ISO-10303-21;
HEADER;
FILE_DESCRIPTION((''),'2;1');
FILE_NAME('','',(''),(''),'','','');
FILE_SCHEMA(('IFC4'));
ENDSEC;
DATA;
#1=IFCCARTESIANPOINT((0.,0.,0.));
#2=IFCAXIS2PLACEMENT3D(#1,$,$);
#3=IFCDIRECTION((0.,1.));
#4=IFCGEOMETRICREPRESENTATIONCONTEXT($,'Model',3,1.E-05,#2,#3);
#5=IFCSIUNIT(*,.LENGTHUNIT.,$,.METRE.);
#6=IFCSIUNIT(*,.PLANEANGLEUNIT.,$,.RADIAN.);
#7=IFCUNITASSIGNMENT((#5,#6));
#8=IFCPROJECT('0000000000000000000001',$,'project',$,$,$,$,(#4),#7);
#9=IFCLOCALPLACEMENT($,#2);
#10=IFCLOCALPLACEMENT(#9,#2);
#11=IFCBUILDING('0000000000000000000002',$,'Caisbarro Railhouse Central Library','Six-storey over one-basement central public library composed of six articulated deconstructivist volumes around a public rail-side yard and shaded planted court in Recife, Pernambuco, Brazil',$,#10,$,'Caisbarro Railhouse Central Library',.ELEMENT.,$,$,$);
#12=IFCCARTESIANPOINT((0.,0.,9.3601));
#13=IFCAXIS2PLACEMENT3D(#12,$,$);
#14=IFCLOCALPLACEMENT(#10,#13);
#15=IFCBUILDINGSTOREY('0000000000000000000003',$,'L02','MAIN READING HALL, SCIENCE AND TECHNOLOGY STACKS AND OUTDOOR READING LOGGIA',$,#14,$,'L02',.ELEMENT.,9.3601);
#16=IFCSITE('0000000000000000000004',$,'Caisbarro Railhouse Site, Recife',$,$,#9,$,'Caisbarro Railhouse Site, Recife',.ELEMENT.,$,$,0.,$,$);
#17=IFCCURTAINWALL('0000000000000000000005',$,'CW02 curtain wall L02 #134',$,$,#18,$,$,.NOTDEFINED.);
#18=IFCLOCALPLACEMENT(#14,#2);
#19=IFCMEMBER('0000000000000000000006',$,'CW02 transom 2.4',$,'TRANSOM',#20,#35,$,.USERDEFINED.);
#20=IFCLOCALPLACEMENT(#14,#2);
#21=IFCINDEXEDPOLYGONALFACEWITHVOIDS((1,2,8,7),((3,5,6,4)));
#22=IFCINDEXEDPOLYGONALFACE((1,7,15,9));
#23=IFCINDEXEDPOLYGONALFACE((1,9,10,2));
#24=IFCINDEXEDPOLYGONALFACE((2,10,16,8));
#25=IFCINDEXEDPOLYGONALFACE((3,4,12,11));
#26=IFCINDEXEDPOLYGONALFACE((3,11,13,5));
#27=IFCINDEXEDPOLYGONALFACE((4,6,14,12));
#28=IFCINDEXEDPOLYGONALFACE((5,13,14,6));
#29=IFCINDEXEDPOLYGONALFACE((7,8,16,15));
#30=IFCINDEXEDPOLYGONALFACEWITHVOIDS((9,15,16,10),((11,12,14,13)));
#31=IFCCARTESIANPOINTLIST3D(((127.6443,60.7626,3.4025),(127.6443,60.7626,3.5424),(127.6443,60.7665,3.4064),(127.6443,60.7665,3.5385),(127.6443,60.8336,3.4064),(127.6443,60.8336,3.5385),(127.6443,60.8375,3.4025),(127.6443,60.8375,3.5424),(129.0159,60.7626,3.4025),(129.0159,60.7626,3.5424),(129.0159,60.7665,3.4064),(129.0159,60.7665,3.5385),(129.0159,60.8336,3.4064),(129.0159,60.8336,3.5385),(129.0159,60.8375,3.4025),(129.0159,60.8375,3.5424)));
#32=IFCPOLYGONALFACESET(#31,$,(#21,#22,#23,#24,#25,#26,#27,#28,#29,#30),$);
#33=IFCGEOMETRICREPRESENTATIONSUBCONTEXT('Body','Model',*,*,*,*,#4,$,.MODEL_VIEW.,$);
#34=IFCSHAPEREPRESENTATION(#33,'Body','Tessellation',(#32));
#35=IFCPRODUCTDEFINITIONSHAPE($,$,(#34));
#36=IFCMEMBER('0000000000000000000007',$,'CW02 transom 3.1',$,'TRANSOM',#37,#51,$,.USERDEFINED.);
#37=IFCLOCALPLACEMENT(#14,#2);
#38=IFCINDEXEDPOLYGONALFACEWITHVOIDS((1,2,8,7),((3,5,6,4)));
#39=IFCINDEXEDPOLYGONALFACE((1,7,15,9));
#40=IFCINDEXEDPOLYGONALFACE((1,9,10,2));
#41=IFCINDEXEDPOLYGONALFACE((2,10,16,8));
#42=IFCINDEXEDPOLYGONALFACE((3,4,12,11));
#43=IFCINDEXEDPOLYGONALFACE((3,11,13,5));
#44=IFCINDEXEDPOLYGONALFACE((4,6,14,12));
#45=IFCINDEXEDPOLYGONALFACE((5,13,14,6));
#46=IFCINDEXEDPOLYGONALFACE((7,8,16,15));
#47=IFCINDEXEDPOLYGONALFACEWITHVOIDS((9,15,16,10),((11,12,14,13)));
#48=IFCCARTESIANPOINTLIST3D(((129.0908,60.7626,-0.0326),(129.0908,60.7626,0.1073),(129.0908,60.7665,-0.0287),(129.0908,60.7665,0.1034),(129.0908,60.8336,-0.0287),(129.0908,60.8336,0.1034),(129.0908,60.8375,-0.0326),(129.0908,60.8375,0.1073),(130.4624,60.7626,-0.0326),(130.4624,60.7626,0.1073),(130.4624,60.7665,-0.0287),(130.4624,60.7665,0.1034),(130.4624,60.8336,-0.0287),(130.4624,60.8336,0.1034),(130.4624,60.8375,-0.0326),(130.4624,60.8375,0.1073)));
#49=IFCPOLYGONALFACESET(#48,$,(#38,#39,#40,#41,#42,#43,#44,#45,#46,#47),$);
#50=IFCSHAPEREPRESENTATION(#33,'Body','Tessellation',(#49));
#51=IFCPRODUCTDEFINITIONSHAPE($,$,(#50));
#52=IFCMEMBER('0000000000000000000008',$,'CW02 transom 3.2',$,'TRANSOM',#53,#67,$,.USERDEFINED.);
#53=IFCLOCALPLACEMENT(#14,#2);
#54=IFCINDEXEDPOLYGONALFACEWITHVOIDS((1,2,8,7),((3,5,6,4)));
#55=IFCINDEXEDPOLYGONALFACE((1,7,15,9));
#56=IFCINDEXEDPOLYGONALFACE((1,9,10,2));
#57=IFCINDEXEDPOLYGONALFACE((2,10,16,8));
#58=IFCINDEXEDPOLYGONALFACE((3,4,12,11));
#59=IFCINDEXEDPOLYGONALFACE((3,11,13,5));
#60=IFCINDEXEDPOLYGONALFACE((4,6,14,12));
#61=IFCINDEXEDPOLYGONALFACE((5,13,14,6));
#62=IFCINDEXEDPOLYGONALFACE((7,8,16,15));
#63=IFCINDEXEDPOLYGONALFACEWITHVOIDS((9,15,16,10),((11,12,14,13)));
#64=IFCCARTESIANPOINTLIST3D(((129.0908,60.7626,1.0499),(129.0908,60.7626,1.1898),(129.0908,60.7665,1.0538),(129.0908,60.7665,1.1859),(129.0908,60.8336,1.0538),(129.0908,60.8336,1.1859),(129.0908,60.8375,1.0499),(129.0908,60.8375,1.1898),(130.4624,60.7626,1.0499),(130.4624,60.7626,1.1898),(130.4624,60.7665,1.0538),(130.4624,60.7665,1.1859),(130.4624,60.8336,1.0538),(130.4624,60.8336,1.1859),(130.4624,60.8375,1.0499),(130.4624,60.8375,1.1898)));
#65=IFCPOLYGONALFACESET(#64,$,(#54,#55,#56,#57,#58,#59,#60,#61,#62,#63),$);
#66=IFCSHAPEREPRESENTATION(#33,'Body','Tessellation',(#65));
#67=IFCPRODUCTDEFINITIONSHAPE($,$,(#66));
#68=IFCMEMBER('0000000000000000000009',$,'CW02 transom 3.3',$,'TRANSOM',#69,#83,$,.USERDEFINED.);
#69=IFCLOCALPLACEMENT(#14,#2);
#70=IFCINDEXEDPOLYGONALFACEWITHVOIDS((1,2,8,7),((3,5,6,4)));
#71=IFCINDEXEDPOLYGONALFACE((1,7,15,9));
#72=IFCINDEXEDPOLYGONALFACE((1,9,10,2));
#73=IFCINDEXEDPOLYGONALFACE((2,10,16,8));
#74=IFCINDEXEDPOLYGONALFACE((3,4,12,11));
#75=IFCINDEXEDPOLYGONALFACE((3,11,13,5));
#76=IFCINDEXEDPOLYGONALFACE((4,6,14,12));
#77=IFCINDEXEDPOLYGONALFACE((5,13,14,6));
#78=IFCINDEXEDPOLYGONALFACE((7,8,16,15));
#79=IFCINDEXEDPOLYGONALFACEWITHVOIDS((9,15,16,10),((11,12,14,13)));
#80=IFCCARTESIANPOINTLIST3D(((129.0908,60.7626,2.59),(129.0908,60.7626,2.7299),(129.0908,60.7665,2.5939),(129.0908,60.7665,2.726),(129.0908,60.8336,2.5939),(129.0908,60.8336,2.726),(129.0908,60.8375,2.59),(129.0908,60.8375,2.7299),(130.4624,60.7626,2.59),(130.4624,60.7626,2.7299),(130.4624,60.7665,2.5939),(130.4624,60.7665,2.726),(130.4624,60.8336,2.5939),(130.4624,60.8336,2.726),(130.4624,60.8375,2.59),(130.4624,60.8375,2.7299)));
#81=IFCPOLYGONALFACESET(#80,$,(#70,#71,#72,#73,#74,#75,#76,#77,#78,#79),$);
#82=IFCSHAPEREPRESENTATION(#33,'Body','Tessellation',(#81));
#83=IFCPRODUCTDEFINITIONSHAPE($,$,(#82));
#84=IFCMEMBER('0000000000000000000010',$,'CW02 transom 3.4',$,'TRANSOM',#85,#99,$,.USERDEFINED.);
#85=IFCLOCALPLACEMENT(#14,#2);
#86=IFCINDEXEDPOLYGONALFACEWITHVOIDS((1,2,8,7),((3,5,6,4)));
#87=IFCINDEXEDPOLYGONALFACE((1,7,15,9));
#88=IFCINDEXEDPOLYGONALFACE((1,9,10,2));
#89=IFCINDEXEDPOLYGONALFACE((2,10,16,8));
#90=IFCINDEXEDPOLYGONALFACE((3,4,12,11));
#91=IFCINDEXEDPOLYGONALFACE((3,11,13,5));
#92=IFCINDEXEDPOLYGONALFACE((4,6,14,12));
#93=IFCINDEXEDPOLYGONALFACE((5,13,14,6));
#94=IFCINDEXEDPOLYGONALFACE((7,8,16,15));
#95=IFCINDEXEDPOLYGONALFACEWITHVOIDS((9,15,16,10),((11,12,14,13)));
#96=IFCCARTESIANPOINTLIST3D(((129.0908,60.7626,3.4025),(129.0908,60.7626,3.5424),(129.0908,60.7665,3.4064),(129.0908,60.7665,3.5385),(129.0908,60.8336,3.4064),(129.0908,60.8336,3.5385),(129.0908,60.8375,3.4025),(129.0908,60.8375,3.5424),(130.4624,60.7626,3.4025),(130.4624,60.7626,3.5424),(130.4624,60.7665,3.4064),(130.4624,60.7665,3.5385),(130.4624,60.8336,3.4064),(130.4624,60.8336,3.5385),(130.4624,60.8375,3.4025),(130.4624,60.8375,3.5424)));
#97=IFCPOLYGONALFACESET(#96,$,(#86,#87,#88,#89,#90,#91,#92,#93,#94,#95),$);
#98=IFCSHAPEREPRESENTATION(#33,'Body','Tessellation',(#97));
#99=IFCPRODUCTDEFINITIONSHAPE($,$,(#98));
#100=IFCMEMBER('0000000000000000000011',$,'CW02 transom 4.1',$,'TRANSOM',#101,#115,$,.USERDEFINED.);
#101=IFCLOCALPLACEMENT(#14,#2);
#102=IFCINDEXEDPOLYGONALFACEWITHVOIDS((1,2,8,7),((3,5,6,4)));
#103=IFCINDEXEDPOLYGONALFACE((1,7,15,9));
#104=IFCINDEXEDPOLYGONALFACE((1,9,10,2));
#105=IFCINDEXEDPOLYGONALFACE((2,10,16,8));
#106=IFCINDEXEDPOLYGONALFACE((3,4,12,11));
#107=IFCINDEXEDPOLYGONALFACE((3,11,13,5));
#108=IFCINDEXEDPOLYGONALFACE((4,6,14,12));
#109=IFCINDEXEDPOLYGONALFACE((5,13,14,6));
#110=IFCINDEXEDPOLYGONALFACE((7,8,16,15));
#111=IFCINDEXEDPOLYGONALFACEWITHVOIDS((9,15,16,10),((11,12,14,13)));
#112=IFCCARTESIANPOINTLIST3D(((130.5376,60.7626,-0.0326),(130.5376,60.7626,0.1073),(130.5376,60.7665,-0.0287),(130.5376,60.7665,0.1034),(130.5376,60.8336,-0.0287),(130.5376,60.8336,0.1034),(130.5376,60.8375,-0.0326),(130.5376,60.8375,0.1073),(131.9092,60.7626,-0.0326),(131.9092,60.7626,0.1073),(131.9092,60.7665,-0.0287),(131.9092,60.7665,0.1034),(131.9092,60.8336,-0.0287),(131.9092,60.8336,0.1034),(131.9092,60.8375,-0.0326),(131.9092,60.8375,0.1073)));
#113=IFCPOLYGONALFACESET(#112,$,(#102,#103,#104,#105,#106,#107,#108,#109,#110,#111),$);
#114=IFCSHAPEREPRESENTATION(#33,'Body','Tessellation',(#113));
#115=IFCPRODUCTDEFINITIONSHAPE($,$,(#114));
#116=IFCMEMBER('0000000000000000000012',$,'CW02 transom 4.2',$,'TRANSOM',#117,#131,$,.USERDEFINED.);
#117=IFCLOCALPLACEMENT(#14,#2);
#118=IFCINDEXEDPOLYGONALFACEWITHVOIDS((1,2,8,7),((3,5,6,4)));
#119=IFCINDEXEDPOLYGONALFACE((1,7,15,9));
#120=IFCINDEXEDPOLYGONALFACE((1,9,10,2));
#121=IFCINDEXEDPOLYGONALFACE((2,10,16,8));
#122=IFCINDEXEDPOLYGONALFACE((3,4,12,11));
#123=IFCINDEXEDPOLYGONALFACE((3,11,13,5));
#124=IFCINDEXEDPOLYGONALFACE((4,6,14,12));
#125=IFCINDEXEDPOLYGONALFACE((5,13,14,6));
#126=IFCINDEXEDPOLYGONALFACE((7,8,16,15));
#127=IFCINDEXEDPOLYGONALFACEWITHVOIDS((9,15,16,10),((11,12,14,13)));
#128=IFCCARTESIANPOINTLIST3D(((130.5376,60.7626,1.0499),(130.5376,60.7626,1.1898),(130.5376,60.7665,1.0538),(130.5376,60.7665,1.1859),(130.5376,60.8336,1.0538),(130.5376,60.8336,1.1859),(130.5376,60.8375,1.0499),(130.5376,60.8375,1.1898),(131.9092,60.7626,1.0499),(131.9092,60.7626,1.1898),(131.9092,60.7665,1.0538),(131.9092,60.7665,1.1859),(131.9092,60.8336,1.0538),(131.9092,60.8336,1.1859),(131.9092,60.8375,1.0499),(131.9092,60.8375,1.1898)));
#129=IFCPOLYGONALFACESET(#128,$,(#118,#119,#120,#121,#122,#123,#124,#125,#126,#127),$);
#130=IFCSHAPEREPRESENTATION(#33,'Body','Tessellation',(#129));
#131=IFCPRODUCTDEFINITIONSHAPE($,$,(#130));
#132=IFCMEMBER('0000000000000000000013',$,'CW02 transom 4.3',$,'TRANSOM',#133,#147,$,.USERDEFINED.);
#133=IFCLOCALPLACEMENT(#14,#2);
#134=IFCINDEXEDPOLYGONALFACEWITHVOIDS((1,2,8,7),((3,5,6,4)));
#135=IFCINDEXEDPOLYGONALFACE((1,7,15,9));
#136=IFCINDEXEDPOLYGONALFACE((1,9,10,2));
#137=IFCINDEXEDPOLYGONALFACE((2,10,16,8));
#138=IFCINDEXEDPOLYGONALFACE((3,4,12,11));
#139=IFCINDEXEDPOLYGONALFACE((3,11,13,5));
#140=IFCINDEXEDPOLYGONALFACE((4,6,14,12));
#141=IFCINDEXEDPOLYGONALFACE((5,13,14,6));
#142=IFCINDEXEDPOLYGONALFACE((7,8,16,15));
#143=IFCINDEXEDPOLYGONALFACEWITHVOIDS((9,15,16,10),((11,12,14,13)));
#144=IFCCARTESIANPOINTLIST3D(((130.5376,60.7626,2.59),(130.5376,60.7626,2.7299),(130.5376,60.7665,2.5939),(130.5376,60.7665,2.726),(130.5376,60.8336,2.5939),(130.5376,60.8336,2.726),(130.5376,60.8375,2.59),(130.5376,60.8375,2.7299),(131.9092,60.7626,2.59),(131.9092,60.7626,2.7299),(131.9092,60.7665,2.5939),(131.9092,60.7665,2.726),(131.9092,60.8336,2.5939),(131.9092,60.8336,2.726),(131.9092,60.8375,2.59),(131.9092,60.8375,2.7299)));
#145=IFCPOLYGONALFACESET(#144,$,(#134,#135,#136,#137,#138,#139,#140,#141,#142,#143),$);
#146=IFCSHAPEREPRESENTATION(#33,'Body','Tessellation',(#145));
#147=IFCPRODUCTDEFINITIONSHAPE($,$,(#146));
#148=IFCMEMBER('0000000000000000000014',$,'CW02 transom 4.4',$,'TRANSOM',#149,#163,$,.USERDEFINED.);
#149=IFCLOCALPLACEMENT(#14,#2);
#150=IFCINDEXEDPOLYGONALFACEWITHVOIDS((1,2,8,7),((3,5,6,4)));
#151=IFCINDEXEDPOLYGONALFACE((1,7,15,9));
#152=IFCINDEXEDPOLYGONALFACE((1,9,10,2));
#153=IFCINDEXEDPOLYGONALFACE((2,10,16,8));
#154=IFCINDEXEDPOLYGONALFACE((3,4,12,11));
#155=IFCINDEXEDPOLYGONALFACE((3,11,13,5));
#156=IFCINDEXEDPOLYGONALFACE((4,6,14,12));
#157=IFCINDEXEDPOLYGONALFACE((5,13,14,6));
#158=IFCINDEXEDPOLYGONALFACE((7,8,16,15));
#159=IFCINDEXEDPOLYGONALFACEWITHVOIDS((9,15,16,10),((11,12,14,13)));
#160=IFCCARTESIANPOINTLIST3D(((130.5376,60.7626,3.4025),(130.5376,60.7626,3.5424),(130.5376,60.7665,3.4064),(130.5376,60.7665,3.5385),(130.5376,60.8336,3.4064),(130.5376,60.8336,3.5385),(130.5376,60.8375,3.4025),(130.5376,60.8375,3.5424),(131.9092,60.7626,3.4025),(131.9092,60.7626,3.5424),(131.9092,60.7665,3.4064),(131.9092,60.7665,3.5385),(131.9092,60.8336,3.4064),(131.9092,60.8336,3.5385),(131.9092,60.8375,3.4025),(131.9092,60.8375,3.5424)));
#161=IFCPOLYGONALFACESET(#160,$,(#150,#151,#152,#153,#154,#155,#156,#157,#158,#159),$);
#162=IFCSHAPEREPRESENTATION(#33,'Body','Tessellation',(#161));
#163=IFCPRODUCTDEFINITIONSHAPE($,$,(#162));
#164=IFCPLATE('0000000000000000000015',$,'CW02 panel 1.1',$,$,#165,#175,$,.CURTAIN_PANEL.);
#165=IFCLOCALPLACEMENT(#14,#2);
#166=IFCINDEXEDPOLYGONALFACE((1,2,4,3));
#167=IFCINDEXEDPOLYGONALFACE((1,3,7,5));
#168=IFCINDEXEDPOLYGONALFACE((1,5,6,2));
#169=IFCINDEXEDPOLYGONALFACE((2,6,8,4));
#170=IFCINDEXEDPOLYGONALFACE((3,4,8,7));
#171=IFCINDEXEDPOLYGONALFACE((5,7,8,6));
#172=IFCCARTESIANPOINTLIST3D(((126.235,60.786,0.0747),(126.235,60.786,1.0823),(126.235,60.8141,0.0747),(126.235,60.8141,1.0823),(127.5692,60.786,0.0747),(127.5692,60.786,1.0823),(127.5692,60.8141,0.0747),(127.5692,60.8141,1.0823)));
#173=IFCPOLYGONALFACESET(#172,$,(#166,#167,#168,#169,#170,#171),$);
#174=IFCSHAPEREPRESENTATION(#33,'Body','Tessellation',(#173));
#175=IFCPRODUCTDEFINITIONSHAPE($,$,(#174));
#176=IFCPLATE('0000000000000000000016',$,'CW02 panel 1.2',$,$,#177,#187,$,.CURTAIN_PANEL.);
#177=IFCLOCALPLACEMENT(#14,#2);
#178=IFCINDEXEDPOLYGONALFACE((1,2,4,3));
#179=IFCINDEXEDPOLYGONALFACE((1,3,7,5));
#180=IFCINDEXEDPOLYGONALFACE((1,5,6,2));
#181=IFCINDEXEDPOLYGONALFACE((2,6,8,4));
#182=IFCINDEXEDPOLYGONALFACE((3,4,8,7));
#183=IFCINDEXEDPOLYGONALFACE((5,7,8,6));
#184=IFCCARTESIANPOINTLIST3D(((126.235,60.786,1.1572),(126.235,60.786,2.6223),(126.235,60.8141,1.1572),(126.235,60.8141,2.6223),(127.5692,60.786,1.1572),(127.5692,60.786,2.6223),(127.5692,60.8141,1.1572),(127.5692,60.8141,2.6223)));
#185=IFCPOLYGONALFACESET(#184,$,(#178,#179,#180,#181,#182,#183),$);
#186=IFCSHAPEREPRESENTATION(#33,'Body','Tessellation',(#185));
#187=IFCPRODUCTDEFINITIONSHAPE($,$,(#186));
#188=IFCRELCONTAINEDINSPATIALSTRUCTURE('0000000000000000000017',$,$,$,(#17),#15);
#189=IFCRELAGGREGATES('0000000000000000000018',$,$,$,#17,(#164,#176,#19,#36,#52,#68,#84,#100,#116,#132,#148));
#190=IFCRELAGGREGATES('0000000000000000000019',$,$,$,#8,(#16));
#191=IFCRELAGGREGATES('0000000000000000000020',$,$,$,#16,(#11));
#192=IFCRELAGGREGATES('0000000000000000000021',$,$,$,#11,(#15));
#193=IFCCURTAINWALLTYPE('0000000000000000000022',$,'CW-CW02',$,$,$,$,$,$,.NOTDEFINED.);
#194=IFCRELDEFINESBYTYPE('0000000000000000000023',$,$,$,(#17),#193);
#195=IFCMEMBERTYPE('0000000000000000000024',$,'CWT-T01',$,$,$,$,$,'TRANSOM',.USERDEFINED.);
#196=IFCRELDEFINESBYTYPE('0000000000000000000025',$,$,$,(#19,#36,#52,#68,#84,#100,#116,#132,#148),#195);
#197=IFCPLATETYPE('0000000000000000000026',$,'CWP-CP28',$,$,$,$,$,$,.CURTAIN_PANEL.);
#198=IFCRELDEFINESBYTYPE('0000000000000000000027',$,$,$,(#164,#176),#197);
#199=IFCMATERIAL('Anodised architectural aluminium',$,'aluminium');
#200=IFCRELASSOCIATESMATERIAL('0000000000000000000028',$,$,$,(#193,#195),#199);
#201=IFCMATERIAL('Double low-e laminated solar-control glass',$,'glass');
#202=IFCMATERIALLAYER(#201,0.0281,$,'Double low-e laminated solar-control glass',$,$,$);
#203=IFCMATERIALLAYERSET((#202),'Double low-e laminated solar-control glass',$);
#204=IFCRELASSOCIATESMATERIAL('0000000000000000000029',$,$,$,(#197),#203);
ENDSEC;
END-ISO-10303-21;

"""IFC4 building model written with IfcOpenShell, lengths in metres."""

from ifc_helpers import new_model, si_unit, direction, frame, origin, origin_2d, place, context, subcontext, project, spatial, rectangle, hollow_rectangle, extrude, material, layer, layer_set, material_profile, profile_set, type_object, element, aggregate, save


model = new_model("IFC4")

# Units and contexts
model_context = context("Model", 3, precision=1e-05, world=origin(), true_north=direction((0.0, 1.0)))
body_context = subcontext(model_context, "Body", "Model", "MODEL_VIEW")
ifc_project = project(units=[si_unit("LENGTHUNIT", "METRE"), si_unit("PLANEANGLEUNIT", "RADIAN")], contexts=[model_context])

# Site, building, storey
site_placement = place(None, origin())
site = spatial("IfcSite", under=ifc_project, at=site_placement, Name="Caisbarro Railhouse Site, Recife", LongName="Caisbarro Railhouse Site, Recife", CompositionType="ELEMENT", RefElevation=0.0)
building_placement = place(site_placement, origin())
building = spatial("IfcBuilding", under=site, at=building_placement, Name="Caisbarro Railhouse Central Library", Description="Six-storey over one-basement central public library composed of six articulated deconstructivist volumes around a public rail-side yard and shaded planted court in Recife, Pernambuco, Brazil", LongName="Caisbarro Railhouse Central Library", CompositionType="ELEMENT")
storey_placement = place(building_placement, frame((0.0, 0.0, 9.3601)))
storey = spatial("IfcBuildingStorey", under=building, at=storey_placement, Name="L02", Description="MAIN READING HALL, SCIENCE AND TECHNOLOGY STACKS AND OUTDOOR READING LOGGIA", LongName="L02", CompositionType="ELEMENT", Elevation=9.3601)

# Curtain wall, members, plates
ifc_material_1 = material(Name="Anodised architectural aluminium", Category="aluminium")
curtain_wall_type = type_object("IfcCurtainWallType", Name="CW-CW02", PredefinedType="NOTDEFINED", material=ifc_material_1)
curtain_wall_placement = place(storey_placement, origin())
curtain_wall = element("IfcCurtainWall", 1, at=curtain_wall_placement, inside=storey, type_object=curtain_wall_type, Name="CW02 curtain wall L02 #134", PredefinedType="NOTDEFINED")
ifc_material_profile_1 = material_profile(ifc_material_1, hollow_rectangle(XDim=0.075, YDim=0.1399, WallThickness=0.0039, at=origin_2d()), Name="ALU-TRN-75X140")
ifc_profile_set_1 = profile_set([ifc_material_profile_1], Name="Anodised architectural aluminium")
member_type_1 = type_object("IfcMemberType", Name="CWT-T01", ElementType="TRANSOM", PredefinedType="USERDEFINED", material=ifc_profile_set_1)
member_1_placement = place(storey_placement, frame((127.6443, 60.8, 3.4724), z_axis=(1.0, 0.0, 0.0), x_axis=(0.0, 1.0, 0.0)))
member_1 = element("IfcMember", 2, at=member_1_placement, type_object=member_type_1, Name="CW02 transom 2.4", ObjectType="TRANSOM", PredefinedType="USERDEFINED", context=body_context, shape_type="SweptSolid", body=[
    extrude(hollow_rectangle(XDim=0.075, YDim=0.1399, WallThickness=0.0039, at=origin_2d()), origin(), (0.0, 0.0, 1.0), 1.3716),
])
member_2_placement = place(storey_placement, frame((129.0908, 60.8, 0.0374), z_axis=(1.0, 0.0, 0.0), x_axis=(0.0, 1.0, 0.0)))
member_2 = element("IfcMember", 3, at=member_2_placement, type_object=member_type_1, Name="CW02 transom 3.1", ObjectType="TRANSOM", PredefinedType="USERDEFINED", context=body_context, shape_type="SweptSolid", body=[
    extrude(hollow_rectangle(XDim=0.075, YDim=0.1399, WallThickness=0.0039, at=origin_2d()), origin(), (0.0, 0.0, 1.0), 1.3716),
])
member_3_placement = place(storey_placement, frame((129.0908, 60.8, 1.1199), z_axis=(1.0, 0.0, 0.0), x_axis=(0.0, 1.0, 0.0)))
member_3 = element("IfcMember", 4, at=member_3_placement, type_object=member_type_1, Name="CW02 transom 3.2", ObjectType="TRANSOM", PredefinedType="USERDEFINED", context=body_context, shape_type="SweptSolid", body=[
    extrude(hollow_rectangle(XDim=0.075, YDim=0.1399, WallThickness=0.0039, at=origin_2d()), origin(), (0.0, 0.0, 1.0), 1.3716),
])
member_4_placement = place(storey_placement, frame((129.0908, 60.8, 2.6599), z_axis=(1.0, 0.0, 0.0), x_axis=(0.0, 1.0, 0.0)))
member_4 = element("IfcMember", 5, at=member_4_placement, type_object=member_type_1, Name="CW02 transom 3.3", ObjectType="TRANSOM", PredefinedType="USERDEFINED", context=body_context, shape_type="SweptSolid", body=[
    extrude(hollow_rectangle(XDim=0.075, YDim=0.1399, WallThickness=0.0039, at=origin_2d()), origin(), (0.0, 0.0, 1.0), 1.3716),
])
member_5_placement = place(storey_placement, frame((129.0908, 60.8, 3.4724), z_axis=(1.0, 0.0, 0.0), x_axis=(0.0, 1.0, 0.0)))
member_5 = element("IfcMember", 6, at=member_5_placement, type_object=member_type_1, Name="CW02 transom 3.4", ObjectType="TRANSOM", PredefinedType="USERDEFINED", context=body_context, shape_type="SweptSolid", body=[
    extrude(hollow_rectangle(XDim=0.075, YDim=0.1399, WallThickness=0.0039, at=origin_2d()), origin(), (0.0, 0.0, 1.0), 1.3716),
])
member_6_placement = place(storey_placement, frame((130.5376, 60.8, 0.0374), z_axis=(1.0, 0.0, 0.0), x_axis=(0.0, 1.0, 0.0)))
member_6 = element("IfcMember", 7, at=member_6_placement, type_object=member_type_1, Name="CW02 transom 4.1", ObjectType="TRANSOM", PredefinedType="USERDEFINED", context=body_context, shape_type="SweptSolid", body=[
    extrude(hollow_rectangle(XDim=0.075, YDim=0.1399, WallThickness=0.0039, at=origin_2d()), origin(), (0.0, 0.0, 1.0), 1.3716),
])
member_7_placement = place(storey_placement, frame((130.5376, 60.8, 1.1199), z_axis=(1.0, 0.0, 0.0), x_axis=(0.0, 1.0, 0.0)))
member_7 = element("IfcMember", 8, at=member_7_placement, type_object=member_type_1, Name="CW02 transom 4.2", ObjectType="TRANSOM", PredefinedType="USERDEFINED", context=body_context, shape_type="SweptSolid", body=[
    extrude(hollow_rectangle(XDim=0.075, YDim=0.1399, WallThickness=0.0039, at=origin_2d()), origin(), (0.0, 0.0, 1.0), 1.3716),
])
member_8_placement = place(storey_placement, frame((130.5376, 60.8, 2.6599), z_axis=(1.0, 0.0, 0.0), x_axis=(0.0, 1.0, 0.0)))
member_8 = element("IfcMember", 9, at=member_8_placement, type_object=member_type_1, Name="CW02 transom 4.3", ObjectType="TRANSOM", PredefinedType="USERDEFINED", context=body_context, shape_type="SweptSolid", body=[
    extrude(hollow_rectangle(XDim=0.075, YDim=0.1399, WallThickness=0.0039, at=origin_2d()), origin(), (0.0, 0.0, 1.0), 1.3716),
])
member_9_placement = place(storey_placement, frame((130.5376, 60.8, 3.4724), z_axis=(1.0, 0.0, 0.0), x_axis=(0.0, 1.0, 0.0)))
member_9 = element("IfcMember", 10, at=member_9_placement, type_object=member_type_1, Name="CW02 transom 4.4", ObjectType="TRANSOM", PredefinedType="USERDEFINED", context=body_context, shape_type="SweptSolid", body=[
    extrude(hollow_rectangle(XDim=0.075, YDim=0.1399, WallThickness=0.0039, at=origin_2d()), origin(), (0.0, 0.0, 1.0), 1.3716),
])
ifc_material_2 = material(Name="Double low-e laminated solar-control glass", Category="glass")
ifc_layer = layer(ifc_material_2, 0.0281, Name="Double low-e laminated solar-control glass")
ifc_layer_set = layer_set([ifc_layer], Name="Double low-e laminated solar-control glass")
plate_type = type_object("IfcPlateType", Name="CWP-CP28", PredefinedType="CURTAIN_PANEL", material=ifc_layer_set)
plate_1_placement = place(storey_placement, frame((126.9021, 60.8, 0.0747), z_axis=(0.0, 0.0, 1.0), x_axis=(1.0, 0.0, 0.0)))
plate_1 = element("IfcPlate", 11, at=plate_1_placement, type_object=plate_type, Name="CW02 panel 1.1", PredefinedType="CURTAIN_PANEL", context=body_context, shape_type="SweptSolid", body=[
    extrude(rectangle(XDim=1.3342, YDim=0.0281, at=origin_2d()), origin(), (0.0, 0.0, 1.0), 1.0076),
])
plate_2_placement = place(storey_placement, frame((126.9021, 60.8, 1.1572), z_axis=(0.0, 0.0, 1.0), x_axis=(1.0, 0.0, 0.0)))
plate_2 = element("IfcPlate", 12, at=plate_2_placement, type_object=plate_type, Name="CW02 panel 1.2", PredefinedType="CURTAIN_PANEL", context=body_context, shape_type="SweptSolid", body=[
    extrude(rectangle(XDim=1.3342, YDim=0.0281, at=origin_2d()), origin(), (0.0, 0.0, 1.0), 1.4651),
])
aggregate(curtain_wall, [plate_1, plate_2, member_1, member_2, member_3, member_4, member_5, member_6, member_7, member_8, member_9])

save(model, "model.ifc")
